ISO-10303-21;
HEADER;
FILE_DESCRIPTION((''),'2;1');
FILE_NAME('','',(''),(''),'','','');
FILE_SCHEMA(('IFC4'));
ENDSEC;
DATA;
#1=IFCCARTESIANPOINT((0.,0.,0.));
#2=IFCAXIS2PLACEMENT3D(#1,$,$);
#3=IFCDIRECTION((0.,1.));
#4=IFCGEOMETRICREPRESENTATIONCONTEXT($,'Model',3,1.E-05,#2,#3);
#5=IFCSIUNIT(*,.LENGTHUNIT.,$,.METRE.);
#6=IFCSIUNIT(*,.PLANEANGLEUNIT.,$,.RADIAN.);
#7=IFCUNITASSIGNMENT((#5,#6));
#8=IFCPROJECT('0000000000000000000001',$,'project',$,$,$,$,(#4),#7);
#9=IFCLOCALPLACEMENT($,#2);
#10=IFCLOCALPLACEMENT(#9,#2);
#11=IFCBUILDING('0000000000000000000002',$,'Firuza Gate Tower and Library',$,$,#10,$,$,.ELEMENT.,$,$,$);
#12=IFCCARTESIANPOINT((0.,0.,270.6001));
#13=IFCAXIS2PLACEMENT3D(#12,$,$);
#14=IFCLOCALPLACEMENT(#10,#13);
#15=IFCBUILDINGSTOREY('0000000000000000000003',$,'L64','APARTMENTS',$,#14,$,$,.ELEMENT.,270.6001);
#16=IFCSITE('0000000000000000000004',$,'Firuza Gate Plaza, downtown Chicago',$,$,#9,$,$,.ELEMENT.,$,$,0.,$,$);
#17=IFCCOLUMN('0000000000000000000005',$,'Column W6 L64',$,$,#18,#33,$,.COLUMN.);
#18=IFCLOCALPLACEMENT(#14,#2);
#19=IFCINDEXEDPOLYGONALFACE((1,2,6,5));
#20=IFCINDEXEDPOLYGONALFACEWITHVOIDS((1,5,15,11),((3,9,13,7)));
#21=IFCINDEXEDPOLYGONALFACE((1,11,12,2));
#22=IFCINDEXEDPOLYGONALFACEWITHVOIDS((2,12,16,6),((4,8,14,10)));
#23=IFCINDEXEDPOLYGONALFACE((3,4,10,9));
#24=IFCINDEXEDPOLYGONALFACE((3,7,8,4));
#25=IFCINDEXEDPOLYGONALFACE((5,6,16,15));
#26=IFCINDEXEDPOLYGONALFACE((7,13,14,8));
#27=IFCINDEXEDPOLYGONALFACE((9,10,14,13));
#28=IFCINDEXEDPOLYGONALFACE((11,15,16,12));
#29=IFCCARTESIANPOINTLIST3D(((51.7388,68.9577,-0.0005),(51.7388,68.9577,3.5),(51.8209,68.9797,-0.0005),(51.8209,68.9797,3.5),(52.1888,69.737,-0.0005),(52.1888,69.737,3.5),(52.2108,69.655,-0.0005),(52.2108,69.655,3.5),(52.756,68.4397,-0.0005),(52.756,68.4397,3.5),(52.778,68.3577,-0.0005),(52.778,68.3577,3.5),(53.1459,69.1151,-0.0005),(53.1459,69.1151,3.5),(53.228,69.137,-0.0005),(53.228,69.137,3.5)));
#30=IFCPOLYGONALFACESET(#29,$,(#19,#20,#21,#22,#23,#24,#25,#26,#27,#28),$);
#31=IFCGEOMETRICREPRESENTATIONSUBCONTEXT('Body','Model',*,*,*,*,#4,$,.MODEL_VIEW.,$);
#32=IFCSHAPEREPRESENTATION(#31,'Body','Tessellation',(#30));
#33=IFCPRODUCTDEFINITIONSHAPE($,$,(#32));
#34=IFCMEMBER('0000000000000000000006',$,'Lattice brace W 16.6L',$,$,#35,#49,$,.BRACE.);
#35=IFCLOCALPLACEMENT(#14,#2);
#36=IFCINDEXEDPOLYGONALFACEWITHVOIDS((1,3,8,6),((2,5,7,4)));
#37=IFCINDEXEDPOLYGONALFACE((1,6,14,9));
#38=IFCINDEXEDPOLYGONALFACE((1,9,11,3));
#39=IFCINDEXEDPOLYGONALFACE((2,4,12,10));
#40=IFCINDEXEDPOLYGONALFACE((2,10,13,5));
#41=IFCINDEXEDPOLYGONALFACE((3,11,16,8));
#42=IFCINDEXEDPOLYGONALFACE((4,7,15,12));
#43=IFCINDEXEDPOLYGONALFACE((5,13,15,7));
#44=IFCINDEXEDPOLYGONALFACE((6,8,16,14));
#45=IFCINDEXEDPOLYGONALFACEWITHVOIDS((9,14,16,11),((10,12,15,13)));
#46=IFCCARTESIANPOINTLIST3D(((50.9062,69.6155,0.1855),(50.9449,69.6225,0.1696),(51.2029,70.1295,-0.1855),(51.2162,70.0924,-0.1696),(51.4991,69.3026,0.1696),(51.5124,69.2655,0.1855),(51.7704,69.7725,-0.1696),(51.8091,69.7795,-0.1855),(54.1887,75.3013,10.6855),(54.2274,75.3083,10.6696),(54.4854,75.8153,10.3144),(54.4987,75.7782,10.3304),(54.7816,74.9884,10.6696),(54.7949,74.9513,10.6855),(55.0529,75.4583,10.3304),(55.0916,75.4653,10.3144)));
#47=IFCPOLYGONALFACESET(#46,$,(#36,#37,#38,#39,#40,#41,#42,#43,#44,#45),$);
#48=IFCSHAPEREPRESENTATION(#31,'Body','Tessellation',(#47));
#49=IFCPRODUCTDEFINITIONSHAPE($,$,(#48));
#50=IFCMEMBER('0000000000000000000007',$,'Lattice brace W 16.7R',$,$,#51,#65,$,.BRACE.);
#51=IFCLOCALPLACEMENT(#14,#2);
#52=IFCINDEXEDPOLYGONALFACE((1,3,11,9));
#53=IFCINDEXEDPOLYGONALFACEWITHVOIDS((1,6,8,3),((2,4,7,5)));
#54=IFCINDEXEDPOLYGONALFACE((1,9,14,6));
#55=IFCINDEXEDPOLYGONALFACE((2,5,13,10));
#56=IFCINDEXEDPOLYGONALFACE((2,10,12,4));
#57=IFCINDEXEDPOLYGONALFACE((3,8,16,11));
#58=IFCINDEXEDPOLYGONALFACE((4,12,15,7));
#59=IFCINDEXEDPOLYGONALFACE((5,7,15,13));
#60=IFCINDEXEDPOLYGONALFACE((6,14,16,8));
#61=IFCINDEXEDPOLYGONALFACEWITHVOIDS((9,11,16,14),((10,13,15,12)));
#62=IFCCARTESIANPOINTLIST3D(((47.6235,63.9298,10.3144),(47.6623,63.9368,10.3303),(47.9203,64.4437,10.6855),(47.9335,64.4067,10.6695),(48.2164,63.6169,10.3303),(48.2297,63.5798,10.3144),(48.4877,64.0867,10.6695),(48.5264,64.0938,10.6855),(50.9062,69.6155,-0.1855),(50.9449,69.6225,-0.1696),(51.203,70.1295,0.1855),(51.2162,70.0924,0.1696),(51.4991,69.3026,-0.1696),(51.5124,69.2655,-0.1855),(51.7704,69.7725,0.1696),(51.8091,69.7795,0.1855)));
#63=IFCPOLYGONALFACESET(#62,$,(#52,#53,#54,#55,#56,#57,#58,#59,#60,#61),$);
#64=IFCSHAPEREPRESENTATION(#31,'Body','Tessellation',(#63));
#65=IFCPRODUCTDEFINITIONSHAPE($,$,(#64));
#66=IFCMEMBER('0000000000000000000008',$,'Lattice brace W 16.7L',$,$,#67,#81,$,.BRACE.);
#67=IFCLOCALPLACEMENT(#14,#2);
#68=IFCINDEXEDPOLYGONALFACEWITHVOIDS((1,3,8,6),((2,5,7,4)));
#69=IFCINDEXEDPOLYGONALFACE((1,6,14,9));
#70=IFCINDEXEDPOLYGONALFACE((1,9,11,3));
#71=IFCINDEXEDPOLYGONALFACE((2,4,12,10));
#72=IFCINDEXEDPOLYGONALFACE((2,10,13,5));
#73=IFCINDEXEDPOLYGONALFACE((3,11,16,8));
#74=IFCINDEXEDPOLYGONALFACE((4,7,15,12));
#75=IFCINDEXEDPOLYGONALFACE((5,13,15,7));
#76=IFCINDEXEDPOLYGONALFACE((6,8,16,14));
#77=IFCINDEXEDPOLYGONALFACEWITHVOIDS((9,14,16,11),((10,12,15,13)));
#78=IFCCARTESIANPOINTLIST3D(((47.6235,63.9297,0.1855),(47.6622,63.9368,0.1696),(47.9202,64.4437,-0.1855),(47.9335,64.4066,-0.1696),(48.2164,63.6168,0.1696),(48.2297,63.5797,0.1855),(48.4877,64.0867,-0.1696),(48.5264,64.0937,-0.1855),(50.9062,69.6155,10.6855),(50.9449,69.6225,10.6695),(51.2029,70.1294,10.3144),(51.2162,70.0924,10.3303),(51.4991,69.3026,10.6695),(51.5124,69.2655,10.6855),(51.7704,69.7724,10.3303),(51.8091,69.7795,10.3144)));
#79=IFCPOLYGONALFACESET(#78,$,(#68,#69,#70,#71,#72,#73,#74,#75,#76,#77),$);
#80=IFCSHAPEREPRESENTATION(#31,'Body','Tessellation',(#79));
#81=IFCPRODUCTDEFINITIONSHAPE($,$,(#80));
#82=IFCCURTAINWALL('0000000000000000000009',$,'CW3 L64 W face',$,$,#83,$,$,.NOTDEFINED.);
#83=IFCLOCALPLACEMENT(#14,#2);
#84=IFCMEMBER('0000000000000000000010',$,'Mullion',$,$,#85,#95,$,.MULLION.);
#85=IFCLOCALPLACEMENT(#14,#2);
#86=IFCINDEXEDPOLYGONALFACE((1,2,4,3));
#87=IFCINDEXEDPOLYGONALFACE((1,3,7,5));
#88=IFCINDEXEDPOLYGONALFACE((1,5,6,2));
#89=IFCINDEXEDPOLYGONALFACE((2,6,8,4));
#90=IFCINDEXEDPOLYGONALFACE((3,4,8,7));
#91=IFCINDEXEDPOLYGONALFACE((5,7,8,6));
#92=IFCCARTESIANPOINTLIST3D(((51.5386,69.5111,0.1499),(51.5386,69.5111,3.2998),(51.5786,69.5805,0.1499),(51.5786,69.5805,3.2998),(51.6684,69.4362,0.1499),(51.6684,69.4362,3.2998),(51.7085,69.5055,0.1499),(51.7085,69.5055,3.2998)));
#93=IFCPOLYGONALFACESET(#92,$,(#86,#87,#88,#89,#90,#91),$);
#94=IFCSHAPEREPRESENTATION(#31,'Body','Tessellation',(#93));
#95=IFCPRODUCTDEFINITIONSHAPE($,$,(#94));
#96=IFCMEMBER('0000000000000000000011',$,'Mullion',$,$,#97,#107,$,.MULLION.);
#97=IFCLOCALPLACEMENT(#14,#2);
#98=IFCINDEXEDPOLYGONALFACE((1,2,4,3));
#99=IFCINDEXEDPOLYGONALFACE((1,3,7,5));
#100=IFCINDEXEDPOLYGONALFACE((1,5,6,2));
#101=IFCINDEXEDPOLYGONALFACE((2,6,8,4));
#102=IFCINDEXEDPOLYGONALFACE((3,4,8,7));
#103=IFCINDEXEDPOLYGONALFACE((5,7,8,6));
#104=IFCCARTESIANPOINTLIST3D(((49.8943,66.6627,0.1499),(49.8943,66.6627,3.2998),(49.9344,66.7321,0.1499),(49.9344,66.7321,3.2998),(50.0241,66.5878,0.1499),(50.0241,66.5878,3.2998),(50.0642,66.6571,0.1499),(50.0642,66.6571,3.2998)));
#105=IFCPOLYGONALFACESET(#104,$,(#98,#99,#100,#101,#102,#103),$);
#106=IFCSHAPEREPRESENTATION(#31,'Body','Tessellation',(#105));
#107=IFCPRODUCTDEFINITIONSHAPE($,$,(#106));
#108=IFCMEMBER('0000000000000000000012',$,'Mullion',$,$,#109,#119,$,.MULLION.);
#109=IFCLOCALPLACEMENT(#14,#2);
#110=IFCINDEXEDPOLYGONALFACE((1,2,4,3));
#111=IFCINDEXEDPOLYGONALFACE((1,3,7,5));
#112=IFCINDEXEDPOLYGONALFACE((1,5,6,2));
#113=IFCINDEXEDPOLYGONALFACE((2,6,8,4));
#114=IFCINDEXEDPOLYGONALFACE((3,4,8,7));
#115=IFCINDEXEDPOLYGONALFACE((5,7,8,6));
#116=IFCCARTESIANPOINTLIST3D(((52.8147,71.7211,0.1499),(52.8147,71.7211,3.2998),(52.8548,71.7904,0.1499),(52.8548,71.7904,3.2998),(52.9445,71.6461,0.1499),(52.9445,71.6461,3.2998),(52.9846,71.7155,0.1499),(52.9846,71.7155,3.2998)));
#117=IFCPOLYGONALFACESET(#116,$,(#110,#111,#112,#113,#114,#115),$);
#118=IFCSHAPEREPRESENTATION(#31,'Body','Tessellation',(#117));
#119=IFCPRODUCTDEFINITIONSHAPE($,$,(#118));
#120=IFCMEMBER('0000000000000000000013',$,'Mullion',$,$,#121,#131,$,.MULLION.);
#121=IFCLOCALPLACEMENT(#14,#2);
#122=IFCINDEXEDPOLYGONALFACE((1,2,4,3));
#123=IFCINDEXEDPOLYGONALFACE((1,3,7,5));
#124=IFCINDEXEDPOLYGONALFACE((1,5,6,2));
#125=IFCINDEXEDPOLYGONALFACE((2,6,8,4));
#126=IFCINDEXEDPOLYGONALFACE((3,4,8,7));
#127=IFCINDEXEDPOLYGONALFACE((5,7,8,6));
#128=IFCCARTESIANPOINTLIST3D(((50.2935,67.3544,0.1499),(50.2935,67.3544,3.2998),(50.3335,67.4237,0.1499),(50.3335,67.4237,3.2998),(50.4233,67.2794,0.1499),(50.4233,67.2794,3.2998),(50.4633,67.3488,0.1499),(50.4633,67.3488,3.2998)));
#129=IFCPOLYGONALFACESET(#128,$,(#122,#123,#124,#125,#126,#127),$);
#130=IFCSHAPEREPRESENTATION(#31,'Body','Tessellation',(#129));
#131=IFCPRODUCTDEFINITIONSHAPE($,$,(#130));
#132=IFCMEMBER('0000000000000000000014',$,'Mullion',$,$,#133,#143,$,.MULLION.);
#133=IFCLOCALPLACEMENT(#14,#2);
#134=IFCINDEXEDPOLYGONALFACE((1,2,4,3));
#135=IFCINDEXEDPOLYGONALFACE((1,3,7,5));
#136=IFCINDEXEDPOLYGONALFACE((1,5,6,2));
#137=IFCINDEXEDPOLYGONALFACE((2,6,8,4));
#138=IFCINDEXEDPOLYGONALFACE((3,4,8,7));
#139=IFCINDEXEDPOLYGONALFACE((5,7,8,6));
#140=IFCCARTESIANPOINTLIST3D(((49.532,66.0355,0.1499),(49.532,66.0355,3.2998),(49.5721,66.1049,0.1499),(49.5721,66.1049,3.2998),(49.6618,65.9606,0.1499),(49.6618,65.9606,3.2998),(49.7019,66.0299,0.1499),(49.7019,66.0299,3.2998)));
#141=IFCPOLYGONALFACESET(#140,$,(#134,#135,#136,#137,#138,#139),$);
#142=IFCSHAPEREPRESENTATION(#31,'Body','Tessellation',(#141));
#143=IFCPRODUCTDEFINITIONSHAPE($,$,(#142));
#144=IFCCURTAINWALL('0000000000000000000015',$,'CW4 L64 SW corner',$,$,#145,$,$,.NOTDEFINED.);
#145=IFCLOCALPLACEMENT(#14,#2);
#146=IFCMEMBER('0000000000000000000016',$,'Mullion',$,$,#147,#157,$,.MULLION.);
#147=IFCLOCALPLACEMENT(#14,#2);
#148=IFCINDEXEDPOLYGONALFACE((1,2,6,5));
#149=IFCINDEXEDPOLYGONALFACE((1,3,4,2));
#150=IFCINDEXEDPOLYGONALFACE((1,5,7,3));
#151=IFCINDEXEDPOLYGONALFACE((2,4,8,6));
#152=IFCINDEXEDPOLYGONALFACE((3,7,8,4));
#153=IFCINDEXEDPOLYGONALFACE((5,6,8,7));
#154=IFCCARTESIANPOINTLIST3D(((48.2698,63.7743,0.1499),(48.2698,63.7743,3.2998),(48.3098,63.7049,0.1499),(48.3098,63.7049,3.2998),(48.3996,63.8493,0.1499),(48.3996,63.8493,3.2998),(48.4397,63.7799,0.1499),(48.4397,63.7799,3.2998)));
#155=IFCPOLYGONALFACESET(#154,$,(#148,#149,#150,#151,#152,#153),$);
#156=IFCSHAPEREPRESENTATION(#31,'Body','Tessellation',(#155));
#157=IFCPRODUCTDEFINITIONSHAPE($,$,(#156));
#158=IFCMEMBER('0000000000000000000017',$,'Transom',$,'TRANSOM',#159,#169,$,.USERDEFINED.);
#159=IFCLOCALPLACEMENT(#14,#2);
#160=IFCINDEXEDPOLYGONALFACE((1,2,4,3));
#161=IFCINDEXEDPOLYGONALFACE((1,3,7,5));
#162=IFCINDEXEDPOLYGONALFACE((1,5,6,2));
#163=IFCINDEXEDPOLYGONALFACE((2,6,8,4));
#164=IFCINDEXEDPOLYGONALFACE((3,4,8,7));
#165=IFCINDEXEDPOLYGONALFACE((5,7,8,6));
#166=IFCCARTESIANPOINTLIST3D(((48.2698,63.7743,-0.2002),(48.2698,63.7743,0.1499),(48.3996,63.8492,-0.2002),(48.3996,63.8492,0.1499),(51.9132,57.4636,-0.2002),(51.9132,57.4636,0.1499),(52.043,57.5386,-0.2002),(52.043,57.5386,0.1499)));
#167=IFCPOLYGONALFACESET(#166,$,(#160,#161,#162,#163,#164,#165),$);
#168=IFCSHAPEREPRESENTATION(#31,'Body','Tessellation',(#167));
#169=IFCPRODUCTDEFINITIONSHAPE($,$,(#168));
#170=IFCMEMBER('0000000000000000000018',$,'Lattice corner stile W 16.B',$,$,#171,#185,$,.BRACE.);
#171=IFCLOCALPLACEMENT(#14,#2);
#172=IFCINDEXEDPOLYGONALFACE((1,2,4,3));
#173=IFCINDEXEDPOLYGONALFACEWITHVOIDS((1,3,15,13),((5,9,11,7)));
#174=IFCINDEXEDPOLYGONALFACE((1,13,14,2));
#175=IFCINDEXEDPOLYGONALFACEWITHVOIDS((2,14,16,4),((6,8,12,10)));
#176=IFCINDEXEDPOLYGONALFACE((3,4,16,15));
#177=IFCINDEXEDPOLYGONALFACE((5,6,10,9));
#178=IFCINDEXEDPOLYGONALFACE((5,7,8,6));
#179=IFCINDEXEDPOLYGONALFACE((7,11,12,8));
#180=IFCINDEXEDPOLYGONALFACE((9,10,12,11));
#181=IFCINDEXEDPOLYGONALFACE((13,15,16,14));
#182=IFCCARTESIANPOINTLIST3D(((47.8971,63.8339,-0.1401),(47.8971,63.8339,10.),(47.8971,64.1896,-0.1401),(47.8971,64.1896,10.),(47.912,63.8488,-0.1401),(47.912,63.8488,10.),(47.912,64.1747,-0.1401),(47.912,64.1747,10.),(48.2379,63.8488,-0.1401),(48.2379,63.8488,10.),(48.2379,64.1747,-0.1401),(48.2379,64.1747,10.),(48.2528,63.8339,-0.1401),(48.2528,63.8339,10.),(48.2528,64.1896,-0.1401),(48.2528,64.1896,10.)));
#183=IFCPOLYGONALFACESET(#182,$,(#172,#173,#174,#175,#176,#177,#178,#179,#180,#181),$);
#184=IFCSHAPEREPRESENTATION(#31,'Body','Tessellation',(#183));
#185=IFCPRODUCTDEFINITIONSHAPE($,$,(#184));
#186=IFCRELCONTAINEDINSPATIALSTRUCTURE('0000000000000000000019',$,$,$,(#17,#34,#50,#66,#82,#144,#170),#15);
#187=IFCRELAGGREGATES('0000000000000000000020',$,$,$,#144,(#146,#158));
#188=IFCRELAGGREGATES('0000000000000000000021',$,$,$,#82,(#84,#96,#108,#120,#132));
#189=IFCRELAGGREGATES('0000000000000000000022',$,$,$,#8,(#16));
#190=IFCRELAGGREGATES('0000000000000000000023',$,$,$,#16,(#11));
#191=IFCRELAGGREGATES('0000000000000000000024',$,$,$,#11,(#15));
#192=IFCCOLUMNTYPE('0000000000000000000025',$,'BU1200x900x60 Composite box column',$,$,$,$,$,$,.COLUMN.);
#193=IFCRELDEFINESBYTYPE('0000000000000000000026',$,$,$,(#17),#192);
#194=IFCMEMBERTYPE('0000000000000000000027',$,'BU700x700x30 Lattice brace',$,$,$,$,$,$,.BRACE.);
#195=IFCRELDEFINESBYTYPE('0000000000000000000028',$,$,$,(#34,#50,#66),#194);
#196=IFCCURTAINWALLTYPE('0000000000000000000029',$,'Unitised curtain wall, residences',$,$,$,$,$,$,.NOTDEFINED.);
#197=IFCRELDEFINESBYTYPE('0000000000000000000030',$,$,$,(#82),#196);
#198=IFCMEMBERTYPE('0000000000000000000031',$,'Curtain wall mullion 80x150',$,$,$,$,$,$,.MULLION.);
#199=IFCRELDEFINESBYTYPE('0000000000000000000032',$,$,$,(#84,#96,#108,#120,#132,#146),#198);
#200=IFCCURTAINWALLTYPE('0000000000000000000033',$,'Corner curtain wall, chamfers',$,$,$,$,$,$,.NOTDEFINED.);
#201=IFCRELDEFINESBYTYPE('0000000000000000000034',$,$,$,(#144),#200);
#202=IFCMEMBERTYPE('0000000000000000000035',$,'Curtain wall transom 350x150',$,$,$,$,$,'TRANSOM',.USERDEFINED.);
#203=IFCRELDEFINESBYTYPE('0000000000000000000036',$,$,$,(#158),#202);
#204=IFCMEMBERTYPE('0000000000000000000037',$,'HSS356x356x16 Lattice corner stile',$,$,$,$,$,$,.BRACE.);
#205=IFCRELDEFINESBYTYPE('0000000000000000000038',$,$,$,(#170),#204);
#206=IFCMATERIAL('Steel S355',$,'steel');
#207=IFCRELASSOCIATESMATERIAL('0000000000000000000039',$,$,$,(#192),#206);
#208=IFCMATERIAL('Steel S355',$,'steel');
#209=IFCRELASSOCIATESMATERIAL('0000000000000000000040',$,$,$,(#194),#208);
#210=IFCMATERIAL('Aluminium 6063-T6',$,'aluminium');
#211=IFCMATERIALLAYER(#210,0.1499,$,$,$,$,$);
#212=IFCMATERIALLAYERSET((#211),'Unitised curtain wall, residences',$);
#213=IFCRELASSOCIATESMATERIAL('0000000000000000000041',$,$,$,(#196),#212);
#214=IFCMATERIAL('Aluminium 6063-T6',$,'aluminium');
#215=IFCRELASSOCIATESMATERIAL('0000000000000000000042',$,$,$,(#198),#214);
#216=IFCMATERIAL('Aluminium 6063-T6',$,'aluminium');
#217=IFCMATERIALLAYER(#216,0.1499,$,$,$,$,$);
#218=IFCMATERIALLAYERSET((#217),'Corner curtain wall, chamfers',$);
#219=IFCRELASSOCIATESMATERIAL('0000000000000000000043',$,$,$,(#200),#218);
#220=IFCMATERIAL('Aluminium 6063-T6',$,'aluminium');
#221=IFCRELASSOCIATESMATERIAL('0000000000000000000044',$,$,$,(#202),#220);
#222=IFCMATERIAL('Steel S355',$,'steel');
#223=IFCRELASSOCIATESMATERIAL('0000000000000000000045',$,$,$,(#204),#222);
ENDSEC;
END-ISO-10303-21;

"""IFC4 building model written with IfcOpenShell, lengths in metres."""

from ifc_helpers import new_model, si_unit, direction, frame, origin, origin_2d, place, context, subcontext, project, spatial, rectangle, hollow_rectangle, extrude, material, layer, layer_set, material_profile, profile_set, type_object, element, aggregate, save


model = new_model("IFC4")

# Units and contexts
model_context = context("Model", 3, precision=1e-05, world=origin(), true_north=direction((0.0, 1.0)))
body_context = subcontext(model_context, "Body", "Model", "MODEL_VIEW")
ifc_project = project(units=[si_unit("LENGTHUNIT", "METRE"), si_unit("PLANEANGLEUNIT", "RADIAN")], contexts=[model_context])

# Site, building, storey
site_placement = place(None, origin())
site = spatial("IfcSite", under=ifc_project, at=site_placement, Name="Firuza Gate Plaza, downtown Chicago", CompositionType="ELEMENT", RefElevation=0.0)
building_placement = place(site_placement, origin())
building = spatial("IfcBuilding", under=site, at=building_placement, Name="Firuza Gate Tower and Library", CompositionType="ELEMENT")
storey_placement = place(building_placement, frame((0.0, 0.0, 270.6001)))
storey = spatial("IfcBuildingStorey", under=building, at=storey_placement, Name="L64", Description="APARTMENTS", CompositionType="ELEMENT", Elevation=270.6001)

# Column
ifc_material_1 = material(Name="Steel S355", Category="steel")
ifc_material_profile_1 = material_profile(ifc_material_1, hollow_rectangle(XDim=0.8999, YDim=1.2, WallThickness=0.0601, at=origin_2d()))
ifc_profile_set_1 = profile_set([ifc_material_profile_1], Name="Steel S355")
column_type = type_object("IfcColumnType", Name="BU1200x900x60 Composite box column", PredefinedType="COLUMN", material=ifc_profile_set_1)
column_placement = place(storey_placement, frame((52.4834, 69.0474, -0.0005), z_axis=(0.0, 0.0, 1.0), x_axis=(-0.5, -0.866025, 0.0)))
element("IfcColumn", 1, at=column_placement, inside=storey, type_object=column_type, Name="Column W6 L64", PredefinedType="COLUMN", context=body_context, shape_type="SweptSolid", body=[
    extrude(hollow_rectangle(XDim=0.8999, YDim=1.2, WallThickness=0.0601, at=origin_2d()), origin(), (0.0, 0.0, 1.0), 3.5005),
])

# Members
ifc_material_2 = material(Name="Steel S355", Category="steel")
ifc_material_profile_2 = material_profile(ifc_material_2, hollow_rectangle(XDim=0.7, YDim=0.7, WallThickness=0.03, at=origin_2d()))
ifc_profile_set_2 = profile_set([ifc_material_profile_2], Name="Steel S355")
member_type_1 = type_object("IfcMemberType", Name="BU700x700x30 Lattice brace", PredefinedType="BRACE", material=ifc_profile_set_2)
for number, where, z_axis, x_axis, name in (
    (2, (51.3577, 69.6975, 0.0), (0.265067, 0.45914, 0.847898), (-0.86604, 0.499975, 0.0), "Lattice brace W 16.6L"),
    (3, (51.3577, 69.6975, 0.0), (-0.265085, -0.459137, 0.847893), (0.866024, -0.500002, 0.0), "Lattice brace W 16.7R"),
    (4, (48.075, 64.0117, 0.0), (0.265085, 0.459137, 0.847893), (-0.866024, 0.500002, 0.0), "Lattice brace W 16.7L"),
):
    element("IfcMember", number, at=place(storey_placement, frame(where, z_axis=z_axis, x_axis=x_axis)), inside=storey, type_object=member_type_1, Name=name, PredefinedType="BRACE", context=body_context, shape_type="SweptSolid", body=[
        extrude(hollow_rectangle(XDim=0.7, YDim=0.7, WallThickness=0.03, at=origin_2d()), origin(), (0.0, 0.0, 1.0), 12.3835),
    ])

# Curtain walls, members
ifc_material_3 = material(Name="Aluminium 6063-T6", Category="aluminium")
ifc_layer_1 = layer(ifc_material_3, 0.1499)
ifc_layer_set_1 = layer_set([ifc_layer_1], Name="Unitised curtain wall, residences")
curtain_wall_type_1 = type_object("IfcCurtainWallType", Name="Unitised curtain wall, residences", PredefinedType="NOTDEFINED", material=ifc_layer_set_1)
placement = place(storey_placement, origin())
curtain_wall_1 = element("IfcCurtainWall", 5, at=placement, inside=storey, type_object=curtain_wall_type_1, Name="CW3 L64 W face", PredefinedType="NOTDEFINED")
ifc_material_4 = material(Name="Aluminium 6063-T6", Category="aluminium")
ifc_material_profile_3 = material_profile(ifc_material_4, rectangle(XDim=0.1499, YDim=0.0801, at=origin_2d()))
ifc_profile_set_3 = profile_set([ifc_material_profile_3], Name="Aluminium 6063-T6")
member_type_2 = type_object("IfcMemberType", Name="Curtain wall mullion 80x150", PredefinedType="MULLION", material=ifc_profile_set_3)
member_1_placement = place(storey_placement, frame((51.6235, 69.5083, 0.1499), z_axis=(0.0, 0.0, 1.0), x_axis=(0.866025, -0.5, 0.0)))
member_1 = element("IfcMember", 6, at=member_1_placement, type_object=member_type_2, Name="Mullion", PredefinedType="MULLION", context=body_context, shape_type="SweptSolid", body=[
    extrude(rectangle(XDim=0.1499, YDim=0.0801, at=origin_2d()), origin(), (0.0, 0.0, 1.0), 3.1499),
])
member_2_placement = place(storey_placement, frame((49.9792, 66.6599, 0.1499), z_axis=(0.0, 0.0, 1.0), x_axis=(0.866025, -0.5, 0.0)))
member_2 = element("IfcMember", 7, at=member_2_placement, type_object=member_type_2, Name="Mullion", PredefinedType="MULLION", context=body_context, shape_type="SweptSolid", body=[
    extrude(rectangle(XDim=0.1499, YDim=0.0801, at=origin_2d()), origin(), (0.0, 0.0, 1.0), 3.1499),
])
member_3_placement = place(storey_placement, frame((52.8997, 71.7183, 0.1499), z_axis=(0.0, 0.0, 1.0), x_axis=(0.866025, -0.5, 0.0)))
member_3 = element("IfcMember", 8, at=member_3_placement, type_object=member_type_2, Name="Mullion", PredefinedType="MULLION", context=body_context, shape_type="SweptSolid", body=[
    extrude(rectangle(XDim=0.1499, YDim=0.0801, at=origin_2d()), origin(), (0.0, 0.0, 1.0), 3.1499),
])
member_4_placement = place(storey_placement, frame((50.3784, 67.3516, 0.1499), z_axis=(0.0, 0.0, 1.0), x_axis=(0.866025, -0.5, 0.0)))
member_4 = element("IfcMember", 9, at=member_4_placement, type_object=member_type_2, Name="Mullion", PredefinedType="MULLION", context=body_context, shape_type="SweptSolid", body=[
    extrude(rectangle(XDim=0.1499, YDim=0.0801, at=origin_2d()), origin(), (0.0, 0.0, 1.0), 3.1499),
])
member_5_placement = place(storey_placement, frame((49.6169, 66.0327, 0.1499), z_axis=(0.0, 0.0, 1.0), x_axis=(0.866025, -0.5, 0.0)))
member_5 = element("IfcMember", 10, at=member_5_placement, type_object=member_type_2, Name="Mullion", PredefinedType="MULLION", context=body_context, shape_type="SweptSolid", body=[
    extrude(rectangle(XDim=0.1499, YDim=0.0801, at=origin_2d()), origin(), (0.0, 0.0, 1.0), 3.1499),
])
ifc_material_5 = material(Name="Aluminium 6063-T6", Category="aluminium")
ifc_layer_2 = layer(ifc_material_5, 0.1499)
ifc_layer_set_2 = layer_set([ifc_layer_2], Name="Corner curtain wall, chamfers")
curtain_wall_type_2 = type_object("IfcCurtainWallType", Name="Corner curtain wall, chamfers", PredefinedType="NOTDEFINED", material=ifc_layer_set_2)
curtain_wall_2 = element("IfcCurtainWall", 11, at=placement, inside=storey, type_object=curtain_wall_type_2, Name="CW4 L64 SW corner", PredefinedType="NOTDEFINED")
member_6_placement = place(storey_placement, frame((48.3547, 63.7771, 0.1499), z_axis=(0.0, 0.0, 1.0), x_axis=(0.866025, 0.5, 0.0)))
member_6 = element("IfcMember", 12, at=member_6_placement, type_object=member_type_2, Name="Mullion", PredefinedType="MULLION", context=body_context, shape_type="SweptSolid", body=[
    extrude(rectangle(XDim=0.1499, YDim=0.0801, at=origin_2d()), origin(), (0.0, 0.0, 1.0), 3.1499),
])
ifc_material_6 = material(Name="Aluminium 6063-T6", Category="aluminium")
ifc_material_profile_4 = material_profile(ifc_material_6, rectangle(XDim=0.1499, YDim=0.3501, at=origin_2d()))
ifc_profile_set_4 = profile_set([ifc_material_profile_4], Name="Aluminium 6063-T6")
member_type_3 = type_object("IfcMemberType", Name="Curtain wall transom 350x150", ElementType="TRANSOM", PredefinedType="USERDEFINED", material=ifc_profile_set_4)
member_7_placement = place(storey_placement, frame((48.3347, 63.8118, -0.0251), z_axis=(0.499991, -0.86603, 0.0), x_axis=(0.86603, 0.499991, 0.0)))
member_7 = element("IfcMember", 13, at=member_7_placement, type_object=member_type_3, Name="Transom", ObjectType="TRANSOM", PredefinedType="USERDEFINED", context=body_context, shape_type="SweptSolid", body=[
    extrude(rectangle(XDim=0.1499, YDim=0.3501, at=origin_2d()), origin(), (0.0, 0.0, 1.0), 7.2869),
])

# Member
ifc_material_7 = material(Name="Steel S355", Category="steel")
ifc_material_profile_5 = material_profile(ifc_material_7, hollow_rectangle(XDim=0.3557, YDim=0.3557, WallThickness=0.0149, at=origin_2d()))
ifc_profile_set_5 = profile_set([ifc_material_profile_5], Name="Steel S355")
member_type_4 = type_object("IfcMemberType", Name="HSS356x356x16 Lattice corner stile", PredefinedType="BRACE", material=ifc_profile_set_5)
member_8_placement = place(storey_placement, frame((48.075, 64.0117, -0.1401), z_axis=(0.0, 0.0, 1.0), x_axis=(1.0, 0.0, 0.0)))
element("IfcMember", 14, at=member_8_placement, inside=storey, type_object=member_type_4, Name="Lattice corner stile W 16.B", PredefinedType="BRACE", context=body_context, shape_type="SweptSolid", body=[
    extrude(hollow_rectangle(XDim=0.3557, YDim=0.3557, WallThickness=0.0149, at=origin_2d()), origin(), (0.0, 0.0, 1.0), 10.1401),
])

aggregate(curtain_wall_2, [member_6, member_7])
aggregate(curtain_wall_1, [member_1, member_2, member_3, member_4, member_5])

save(model, "model.ifc")
